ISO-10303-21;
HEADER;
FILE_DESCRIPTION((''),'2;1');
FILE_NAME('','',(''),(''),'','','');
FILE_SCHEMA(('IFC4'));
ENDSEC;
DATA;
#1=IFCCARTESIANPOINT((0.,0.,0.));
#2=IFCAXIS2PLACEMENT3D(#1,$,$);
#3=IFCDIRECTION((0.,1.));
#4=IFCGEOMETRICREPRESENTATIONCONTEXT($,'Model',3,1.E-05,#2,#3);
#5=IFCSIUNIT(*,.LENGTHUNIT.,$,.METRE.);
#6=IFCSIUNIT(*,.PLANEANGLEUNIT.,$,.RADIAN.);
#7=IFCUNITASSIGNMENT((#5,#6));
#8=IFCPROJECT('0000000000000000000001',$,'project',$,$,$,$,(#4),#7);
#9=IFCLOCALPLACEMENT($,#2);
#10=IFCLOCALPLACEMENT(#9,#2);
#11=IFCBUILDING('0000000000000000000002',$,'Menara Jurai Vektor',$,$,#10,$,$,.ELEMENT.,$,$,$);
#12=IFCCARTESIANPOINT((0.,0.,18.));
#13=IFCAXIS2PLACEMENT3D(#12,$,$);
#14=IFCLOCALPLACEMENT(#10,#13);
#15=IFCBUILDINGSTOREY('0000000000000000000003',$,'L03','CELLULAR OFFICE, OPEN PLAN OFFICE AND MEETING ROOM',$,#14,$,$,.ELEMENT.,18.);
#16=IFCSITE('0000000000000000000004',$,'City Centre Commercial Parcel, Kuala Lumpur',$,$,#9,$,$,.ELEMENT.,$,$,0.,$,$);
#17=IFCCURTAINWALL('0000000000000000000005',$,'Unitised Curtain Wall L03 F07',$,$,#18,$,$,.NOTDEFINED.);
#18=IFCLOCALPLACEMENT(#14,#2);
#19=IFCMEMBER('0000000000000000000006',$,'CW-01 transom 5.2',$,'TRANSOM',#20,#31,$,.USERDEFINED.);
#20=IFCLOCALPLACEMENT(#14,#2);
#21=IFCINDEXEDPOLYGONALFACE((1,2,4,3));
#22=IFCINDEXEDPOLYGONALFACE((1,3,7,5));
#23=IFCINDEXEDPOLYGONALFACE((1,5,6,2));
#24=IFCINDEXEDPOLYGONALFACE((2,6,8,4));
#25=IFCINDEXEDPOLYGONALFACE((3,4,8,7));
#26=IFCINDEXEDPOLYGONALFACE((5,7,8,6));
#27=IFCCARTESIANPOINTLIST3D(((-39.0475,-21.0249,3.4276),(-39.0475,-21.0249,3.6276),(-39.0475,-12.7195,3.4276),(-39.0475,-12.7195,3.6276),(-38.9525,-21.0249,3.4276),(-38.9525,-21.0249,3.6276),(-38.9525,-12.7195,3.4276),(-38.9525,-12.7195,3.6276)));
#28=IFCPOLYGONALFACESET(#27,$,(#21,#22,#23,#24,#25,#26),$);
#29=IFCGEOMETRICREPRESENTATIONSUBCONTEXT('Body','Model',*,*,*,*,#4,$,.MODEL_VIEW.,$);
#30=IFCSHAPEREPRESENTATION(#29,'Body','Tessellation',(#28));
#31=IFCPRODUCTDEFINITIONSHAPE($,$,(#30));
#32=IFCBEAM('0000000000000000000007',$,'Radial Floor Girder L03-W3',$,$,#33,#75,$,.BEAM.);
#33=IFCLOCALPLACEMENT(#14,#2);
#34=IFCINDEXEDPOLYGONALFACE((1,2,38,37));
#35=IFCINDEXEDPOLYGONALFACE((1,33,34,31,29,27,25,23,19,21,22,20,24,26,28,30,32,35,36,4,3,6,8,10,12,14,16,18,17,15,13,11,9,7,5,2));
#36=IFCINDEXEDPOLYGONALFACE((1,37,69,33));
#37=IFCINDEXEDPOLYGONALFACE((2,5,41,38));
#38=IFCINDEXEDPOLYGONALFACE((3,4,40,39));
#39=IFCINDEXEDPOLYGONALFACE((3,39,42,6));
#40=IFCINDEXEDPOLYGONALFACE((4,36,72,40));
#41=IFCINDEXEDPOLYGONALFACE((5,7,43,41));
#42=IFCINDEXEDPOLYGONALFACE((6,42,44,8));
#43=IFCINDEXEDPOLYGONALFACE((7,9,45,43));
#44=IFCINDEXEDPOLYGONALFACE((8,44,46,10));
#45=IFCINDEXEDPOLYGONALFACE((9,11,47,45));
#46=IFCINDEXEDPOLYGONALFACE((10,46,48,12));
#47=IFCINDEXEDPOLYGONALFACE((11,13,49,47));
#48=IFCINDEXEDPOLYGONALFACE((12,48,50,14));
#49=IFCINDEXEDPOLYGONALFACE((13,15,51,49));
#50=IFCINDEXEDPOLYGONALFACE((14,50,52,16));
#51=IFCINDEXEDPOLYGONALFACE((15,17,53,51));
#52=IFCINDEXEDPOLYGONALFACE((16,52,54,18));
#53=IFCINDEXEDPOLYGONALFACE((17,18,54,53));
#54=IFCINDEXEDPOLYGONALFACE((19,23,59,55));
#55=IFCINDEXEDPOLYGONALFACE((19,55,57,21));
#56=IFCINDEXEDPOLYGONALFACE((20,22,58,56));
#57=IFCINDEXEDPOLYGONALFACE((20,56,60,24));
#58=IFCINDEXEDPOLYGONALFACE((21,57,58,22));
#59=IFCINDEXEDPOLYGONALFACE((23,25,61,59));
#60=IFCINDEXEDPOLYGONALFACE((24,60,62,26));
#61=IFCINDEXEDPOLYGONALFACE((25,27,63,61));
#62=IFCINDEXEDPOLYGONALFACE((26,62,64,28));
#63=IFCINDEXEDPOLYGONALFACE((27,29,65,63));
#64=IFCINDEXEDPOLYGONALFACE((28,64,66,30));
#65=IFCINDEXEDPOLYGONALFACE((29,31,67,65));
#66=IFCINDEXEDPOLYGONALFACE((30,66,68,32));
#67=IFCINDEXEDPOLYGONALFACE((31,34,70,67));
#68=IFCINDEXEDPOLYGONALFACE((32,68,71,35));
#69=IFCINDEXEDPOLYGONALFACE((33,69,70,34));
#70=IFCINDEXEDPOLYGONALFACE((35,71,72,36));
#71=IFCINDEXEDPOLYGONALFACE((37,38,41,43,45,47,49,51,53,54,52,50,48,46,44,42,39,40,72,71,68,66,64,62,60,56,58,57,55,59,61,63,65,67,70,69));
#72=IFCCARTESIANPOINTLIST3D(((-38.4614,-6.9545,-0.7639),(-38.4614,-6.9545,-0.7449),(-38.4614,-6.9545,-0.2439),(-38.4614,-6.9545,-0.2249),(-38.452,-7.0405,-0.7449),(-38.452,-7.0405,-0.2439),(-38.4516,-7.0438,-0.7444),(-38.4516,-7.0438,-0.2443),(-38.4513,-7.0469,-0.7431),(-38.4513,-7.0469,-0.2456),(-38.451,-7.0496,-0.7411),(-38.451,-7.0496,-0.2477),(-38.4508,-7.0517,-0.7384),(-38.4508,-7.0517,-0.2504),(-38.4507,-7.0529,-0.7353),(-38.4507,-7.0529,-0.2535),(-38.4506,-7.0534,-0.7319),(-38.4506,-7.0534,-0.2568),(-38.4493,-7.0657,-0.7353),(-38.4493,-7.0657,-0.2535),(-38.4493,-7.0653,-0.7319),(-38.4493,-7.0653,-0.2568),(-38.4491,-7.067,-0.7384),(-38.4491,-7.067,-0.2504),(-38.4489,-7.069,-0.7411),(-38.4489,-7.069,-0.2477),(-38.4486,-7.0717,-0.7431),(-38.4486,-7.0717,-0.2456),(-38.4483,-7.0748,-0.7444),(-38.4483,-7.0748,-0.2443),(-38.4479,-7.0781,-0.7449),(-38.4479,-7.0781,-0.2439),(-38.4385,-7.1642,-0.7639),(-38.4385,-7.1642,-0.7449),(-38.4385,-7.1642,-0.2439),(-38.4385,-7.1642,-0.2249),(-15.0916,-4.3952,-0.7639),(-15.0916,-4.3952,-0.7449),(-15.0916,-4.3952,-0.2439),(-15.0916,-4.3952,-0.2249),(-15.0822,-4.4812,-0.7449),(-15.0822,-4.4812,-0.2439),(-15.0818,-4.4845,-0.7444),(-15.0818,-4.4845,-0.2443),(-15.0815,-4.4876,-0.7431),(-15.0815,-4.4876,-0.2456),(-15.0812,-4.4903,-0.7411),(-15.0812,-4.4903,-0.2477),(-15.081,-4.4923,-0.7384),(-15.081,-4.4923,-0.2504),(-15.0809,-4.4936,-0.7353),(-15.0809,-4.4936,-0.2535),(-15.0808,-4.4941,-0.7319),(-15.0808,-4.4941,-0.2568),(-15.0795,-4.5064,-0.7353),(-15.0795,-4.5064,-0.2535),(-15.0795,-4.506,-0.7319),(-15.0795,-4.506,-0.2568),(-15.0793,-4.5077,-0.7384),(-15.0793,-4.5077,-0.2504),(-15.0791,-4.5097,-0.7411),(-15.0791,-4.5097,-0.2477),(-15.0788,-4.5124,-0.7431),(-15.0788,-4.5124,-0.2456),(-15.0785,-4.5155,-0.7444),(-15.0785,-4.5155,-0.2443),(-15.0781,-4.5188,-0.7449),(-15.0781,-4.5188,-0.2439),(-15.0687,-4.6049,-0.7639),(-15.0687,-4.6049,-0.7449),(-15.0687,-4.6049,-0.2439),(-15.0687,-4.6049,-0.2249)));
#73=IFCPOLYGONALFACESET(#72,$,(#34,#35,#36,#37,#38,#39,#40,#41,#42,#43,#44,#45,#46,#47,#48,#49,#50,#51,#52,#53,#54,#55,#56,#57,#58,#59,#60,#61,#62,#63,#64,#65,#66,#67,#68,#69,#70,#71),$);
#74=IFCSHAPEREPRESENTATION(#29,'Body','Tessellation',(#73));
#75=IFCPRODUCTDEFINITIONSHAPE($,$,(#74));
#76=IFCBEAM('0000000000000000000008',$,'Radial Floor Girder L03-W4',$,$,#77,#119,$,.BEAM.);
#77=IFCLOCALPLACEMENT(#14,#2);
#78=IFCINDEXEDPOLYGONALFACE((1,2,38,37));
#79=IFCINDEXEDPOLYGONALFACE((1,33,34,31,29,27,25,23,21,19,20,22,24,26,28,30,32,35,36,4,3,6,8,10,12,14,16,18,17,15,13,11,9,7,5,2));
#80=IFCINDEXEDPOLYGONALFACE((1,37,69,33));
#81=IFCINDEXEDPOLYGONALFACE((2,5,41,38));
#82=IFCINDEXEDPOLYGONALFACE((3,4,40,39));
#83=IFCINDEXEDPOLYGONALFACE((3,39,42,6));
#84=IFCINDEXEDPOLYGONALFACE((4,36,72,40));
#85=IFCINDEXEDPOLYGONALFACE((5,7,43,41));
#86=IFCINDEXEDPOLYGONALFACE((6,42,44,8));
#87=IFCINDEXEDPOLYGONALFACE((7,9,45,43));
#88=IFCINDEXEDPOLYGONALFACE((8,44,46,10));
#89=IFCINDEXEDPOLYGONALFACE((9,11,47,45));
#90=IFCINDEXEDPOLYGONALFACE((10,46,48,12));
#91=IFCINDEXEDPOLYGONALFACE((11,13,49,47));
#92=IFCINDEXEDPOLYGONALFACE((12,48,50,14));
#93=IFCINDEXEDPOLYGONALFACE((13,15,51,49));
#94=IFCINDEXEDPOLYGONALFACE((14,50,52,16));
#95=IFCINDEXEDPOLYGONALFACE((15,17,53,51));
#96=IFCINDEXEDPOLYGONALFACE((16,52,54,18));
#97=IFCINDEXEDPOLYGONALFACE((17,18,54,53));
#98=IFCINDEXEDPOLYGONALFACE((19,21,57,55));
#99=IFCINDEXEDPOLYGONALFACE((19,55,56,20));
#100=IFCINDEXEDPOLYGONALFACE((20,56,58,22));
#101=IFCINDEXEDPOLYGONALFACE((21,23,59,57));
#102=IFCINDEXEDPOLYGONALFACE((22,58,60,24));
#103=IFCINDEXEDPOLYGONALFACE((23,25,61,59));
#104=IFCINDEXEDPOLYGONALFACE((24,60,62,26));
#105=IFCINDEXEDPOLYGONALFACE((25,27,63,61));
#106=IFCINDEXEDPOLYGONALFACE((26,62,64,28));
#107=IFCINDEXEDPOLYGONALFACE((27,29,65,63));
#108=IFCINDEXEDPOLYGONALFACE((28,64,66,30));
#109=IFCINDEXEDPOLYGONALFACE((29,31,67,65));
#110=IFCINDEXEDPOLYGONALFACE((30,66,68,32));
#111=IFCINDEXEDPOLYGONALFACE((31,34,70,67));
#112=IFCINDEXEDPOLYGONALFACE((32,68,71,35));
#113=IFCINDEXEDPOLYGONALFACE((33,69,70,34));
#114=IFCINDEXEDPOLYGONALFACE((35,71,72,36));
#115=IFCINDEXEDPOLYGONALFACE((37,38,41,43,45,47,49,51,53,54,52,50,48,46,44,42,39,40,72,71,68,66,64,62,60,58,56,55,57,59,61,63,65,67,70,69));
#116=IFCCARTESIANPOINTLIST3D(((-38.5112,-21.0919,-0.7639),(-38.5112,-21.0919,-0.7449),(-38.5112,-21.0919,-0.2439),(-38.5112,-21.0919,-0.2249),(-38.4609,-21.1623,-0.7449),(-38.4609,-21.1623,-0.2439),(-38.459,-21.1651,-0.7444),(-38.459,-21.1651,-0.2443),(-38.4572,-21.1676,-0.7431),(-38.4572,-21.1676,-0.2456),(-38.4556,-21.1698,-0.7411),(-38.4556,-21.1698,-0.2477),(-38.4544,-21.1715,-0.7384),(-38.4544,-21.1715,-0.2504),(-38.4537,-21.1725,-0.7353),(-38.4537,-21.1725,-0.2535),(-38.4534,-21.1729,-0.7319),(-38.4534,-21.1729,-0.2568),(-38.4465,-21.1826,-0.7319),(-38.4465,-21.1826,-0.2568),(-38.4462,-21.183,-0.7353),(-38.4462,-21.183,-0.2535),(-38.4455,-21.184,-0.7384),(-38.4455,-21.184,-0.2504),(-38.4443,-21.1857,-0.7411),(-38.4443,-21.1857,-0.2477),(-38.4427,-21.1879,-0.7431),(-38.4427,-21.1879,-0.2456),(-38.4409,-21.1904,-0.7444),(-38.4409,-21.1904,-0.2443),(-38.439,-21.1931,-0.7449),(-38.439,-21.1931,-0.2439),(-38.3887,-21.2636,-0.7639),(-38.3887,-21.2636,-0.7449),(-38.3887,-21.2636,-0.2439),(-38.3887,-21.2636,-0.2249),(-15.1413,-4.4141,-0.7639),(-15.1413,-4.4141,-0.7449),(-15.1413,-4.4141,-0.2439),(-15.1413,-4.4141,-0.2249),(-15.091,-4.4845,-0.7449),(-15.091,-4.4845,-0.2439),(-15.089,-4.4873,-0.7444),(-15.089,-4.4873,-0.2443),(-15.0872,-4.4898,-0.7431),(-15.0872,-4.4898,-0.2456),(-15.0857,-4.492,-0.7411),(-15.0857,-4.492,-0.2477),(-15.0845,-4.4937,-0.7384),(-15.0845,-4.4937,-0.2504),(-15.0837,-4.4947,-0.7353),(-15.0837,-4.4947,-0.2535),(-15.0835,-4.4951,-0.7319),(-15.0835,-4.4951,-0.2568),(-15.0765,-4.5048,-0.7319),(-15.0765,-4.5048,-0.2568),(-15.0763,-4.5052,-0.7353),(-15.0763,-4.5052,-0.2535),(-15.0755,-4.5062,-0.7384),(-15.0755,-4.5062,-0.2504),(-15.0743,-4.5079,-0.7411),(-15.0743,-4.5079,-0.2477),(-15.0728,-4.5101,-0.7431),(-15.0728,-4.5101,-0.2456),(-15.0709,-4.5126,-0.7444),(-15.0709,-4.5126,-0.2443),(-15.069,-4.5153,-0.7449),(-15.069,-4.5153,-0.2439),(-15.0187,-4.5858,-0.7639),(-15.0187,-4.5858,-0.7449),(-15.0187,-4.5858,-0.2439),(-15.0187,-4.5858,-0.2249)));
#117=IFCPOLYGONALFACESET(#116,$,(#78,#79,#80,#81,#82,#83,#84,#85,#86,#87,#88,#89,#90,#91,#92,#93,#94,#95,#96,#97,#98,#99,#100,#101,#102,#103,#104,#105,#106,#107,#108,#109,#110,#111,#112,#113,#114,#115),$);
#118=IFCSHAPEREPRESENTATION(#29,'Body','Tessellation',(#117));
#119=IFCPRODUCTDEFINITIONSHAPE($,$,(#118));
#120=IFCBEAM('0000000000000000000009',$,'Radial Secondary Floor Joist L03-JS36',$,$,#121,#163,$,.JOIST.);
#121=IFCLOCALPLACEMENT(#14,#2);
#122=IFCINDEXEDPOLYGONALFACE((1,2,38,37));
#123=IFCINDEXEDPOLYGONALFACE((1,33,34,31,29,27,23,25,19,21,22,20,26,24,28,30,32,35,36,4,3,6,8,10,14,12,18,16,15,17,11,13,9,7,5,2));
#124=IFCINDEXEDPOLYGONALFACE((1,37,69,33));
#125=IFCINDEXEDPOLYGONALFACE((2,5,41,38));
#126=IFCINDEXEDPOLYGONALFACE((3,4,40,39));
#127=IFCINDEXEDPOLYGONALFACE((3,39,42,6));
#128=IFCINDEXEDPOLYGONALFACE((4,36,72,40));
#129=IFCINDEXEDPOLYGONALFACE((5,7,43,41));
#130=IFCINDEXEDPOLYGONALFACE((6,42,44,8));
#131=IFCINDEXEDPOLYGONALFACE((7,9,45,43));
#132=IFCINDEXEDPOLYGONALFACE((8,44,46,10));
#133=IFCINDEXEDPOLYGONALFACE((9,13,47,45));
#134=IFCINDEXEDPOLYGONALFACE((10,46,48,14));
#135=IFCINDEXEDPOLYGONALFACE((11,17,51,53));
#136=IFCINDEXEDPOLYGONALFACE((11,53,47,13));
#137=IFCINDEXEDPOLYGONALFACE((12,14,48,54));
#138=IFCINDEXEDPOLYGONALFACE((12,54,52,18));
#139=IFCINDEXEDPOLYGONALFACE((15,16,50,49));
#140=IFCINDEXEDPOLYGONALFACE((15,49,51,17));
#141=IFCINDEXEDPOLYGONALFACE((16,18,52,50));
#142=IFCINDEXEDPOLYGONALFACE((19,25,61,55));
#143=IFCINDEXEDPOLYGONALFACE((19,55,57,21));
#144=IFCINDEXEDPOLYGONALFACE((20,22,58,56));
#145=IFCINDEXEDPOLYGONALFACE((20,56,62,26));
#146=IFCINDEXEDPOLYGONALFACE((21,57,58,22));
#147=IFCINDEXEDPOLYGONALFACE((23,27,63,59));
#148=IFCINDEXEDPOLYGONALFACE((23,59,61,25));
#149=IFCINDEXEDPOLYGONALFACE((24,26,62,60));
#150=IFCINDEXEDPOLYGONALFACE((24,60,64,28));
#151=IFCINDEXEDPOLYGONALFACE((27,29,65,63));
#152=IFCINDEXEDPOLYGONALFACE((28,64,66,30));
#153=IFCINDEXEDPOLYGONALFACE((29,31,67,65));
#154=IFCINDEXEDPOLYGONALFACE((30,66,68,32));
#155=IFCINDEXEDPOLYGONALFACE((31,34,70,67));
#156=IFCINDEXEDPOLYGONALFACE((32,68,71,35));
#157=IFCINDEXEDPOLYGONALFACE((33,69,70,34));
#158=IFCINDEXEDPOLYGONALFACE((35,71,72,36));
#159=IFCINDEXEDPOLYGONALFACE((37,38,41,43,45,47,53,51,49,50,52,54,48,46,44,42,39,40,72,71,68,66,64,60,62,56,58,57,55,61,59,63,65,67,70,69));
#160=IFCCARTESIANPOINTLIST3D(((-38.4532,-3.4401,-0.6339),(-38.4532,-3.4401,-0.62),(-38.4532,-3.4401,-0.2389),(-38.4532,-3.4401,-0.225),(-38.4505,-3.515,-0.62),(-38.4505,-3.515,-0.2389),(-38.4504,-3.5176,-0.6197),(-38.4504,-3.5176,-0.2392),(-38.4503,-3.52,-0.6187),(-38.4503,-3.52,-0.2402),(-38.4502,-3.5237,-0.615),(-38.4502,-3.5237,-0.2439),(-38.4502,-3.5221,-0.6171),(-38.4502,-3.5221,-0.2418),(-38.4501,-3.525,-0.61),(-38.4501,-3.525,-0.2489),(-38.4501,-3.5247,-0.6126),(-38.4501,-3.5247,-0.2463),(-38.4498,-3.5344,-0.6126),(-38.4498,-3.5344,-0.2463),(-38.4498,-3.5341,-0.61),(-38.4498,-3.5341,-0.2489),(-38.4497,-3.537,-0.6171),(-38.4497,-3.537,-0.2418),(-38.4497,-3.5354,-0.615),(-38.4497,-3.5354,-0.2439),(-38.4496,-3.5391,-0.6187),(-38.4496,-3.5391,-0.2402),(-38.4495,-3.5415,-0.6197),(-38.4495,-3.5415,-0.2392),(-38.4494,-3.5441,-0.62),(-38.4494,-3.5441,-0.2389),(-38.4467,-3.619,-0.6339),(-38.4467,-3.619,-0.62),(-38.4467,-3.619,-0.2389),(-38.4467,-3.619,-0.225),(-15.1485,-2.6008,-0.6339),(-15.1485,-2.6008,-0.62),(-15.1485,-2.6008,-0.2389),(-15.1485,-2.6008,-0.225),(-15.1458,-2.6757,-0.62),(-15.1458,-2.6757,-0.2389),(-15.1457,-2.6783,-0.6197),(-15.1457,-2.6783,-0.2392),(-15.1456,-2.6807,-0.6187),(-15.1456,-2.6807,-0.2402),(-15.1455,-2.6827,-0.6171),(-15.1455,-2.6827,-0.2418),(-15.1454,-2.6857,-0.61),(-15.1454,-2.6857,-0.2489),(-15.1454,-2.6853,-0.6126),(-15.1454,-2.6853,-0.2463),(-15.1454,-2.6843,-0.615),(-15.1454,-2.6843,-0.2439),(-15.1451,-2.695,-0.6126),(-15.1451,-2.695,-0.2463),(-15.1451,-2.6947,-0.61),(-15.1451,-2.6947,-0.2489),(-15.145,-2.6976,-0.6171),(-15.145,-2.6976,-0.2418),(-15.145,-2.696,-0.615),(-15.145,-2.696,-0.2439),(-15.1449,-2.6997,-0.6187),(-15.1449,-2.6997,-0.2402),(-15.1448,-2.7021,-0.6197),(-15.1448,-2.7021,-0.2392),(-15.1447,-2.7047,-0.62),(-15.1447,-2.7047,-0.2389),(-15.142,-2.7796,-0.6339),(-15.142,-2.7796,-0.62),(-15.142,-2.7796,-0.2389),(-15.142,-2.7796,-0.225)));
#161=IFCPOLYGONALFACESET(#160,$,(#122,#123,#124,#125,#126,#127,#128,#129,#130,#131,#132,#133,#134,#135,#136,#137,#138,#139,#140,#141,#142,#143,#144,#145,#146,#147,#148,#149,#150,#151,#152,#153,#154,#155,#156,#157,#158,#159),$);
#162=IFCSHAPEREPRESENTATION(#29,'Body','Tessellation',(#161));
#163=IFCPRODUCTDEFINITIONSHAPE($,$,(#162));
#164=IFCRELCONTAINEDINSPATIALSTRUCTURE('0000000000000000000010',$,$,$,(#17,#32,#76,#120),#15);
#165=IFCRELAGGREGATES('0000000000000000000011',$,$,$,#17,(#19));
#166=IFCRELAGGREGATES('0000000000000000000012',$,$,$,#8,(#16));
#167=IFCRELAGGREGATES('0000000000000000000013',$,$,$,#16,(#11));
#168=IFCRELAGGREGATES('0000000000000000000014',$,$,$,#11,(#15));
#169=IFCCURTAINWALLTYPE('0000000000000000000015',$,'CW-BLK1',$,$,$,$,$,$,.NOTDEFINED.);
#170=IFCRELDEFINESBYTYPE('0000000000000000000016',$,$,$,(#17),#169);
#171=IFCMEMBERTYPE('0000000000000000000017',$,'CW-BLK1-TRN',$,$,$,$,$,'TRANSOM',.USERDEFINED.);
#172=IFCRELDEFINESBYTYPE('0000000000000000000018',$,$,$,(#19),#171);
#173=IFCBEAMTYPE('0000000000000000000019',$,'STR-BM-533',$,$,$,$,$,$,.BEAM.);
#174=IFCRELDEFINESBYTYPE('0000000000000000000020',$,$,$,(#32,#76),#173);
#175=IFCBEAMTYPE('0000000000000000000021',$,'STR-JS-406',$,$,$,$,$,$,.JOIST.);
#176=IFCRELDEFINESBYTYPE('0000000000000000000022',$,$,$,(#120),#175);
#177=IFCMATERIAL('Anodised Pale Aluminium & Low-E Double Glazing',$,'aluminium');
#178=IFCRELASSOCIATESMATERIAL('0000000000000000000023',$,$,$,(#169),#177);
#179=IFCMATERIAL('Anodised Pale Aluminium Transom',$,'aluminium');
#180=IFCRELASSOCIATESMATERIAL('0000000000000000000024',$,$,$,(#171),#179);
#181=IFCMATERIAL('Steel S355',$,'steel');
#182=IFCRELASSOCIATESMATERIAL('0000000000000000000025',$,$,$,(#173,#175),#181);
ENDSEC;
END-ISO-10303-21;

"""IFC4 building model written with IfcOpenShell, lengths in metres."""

from ifc_helpers import new_model, si_unit, direction, frame, origin, origin_2d, place, context, subcontext, project, spatial, rectangle, i_section, extrude, material, material_profile, profile_set, type_object, element, aggregate, save


model = new_model("IFC4")

# Units and contexts
model_context = context("Model", 3, precision=1e-05, world=origin(), true_north=direction((0.0, 1.0)))
body_context = subcontext(model_context, "Body", "Model", "MODEL_VIEW")
ifc_project = project(units=[si_unit("LENGTHUNIT", "METRE"), si_unit("PLANEANGLEUNIT", "RADIAN")], contexts=[model_context])

# Site, building, storey
site_placement = place(None, origin())
site = spatial("IfcSite", under=ifc_project, at=site_placement, Name="City Centre Commercial Parcel, Kuala Lumpur", CompositionType="ELEMENT", RefElevation=0.0)
building_placement = place(site_placement, origin())
building = spatial("IfcBuilding", under=site, at=building_placement, Name="Menara Jurai Vektor", CompositionType="ELEMENT")
storey_placement = place(building_placement, frame((0.0, 0.0, 18.0)))
storey = spatial("IfcBuildingStorey", under=building, at=storey_placement, Name="L03", Description="CELLULAR OFFICE, OPEN PLAN OFFICE AND MEETING ROOM", CompositionType="ELEMENT", Elevation=18.0)

# Curtain wall
ifc_material_1 = material(Name="Anodised Pale Aluminium & Low-E Double Glazing", Category="aluminium")
curtain_wall_type = type_object("IfcCurtainWallType", Name="CW-BLK1", PredefinedType="NOTDEFINED", material=ifc_material_1)
curtain_wall_1_placement = place(storey_placement, origin())
curtain_wall_1 = element("IfcCurtainWall", 1, at=curtain_wall_1_placement, inside=storey, type_object=curtain_wall_type, Name="Unitised Curtain Wall L03 F07", PredefinedType="NOTDEFINED")

# Member
ifc_material_2 = material(Name="Anodised Pale Aluminium Transom", Category="aluminium")
ifc_material_profile_1 = material_profile(ifc_material_2, rectangle(XDim=0.095, YDim=0.2, at=origin_2d()), Name="ALU TRN 95x200")
ifc_profile_set_1 = profile_set([ifc_material_profile_1], Name="Anodised Pale Aluminium Transom")
member_type_1 = type_object("IfcMemberType", Name="CW-BLK1-TRN", ElementType="TRANSOM", PredefinedType="USERDEFINED", material=ifc_profile_set_1)
member_1_placement = place(storey_placement, frame((-39.0, -12.7195, 3.5276), z_axis=(0.0, -1.0, 0.0), x_axis=(1.0, 0.0, 0.0)))
member_1 = element("IfcMember", 2, at=member_1_placement, type_object=member_type_1, Name="CW-01 transom 5.2", ObjectType="TRANSOM", PredefinedType="USERDEFINED", context=body_context, shape_type="SweptSolid", body=[
    extrude(rectangle(XDim=0.095, YDim=0.2, at=origin_2d()), origin(), (0.0, 0.0, 1.0), 8.3054),
])

# Beams
ifc_material_3 = material(Name="Steel S355", Category="steel")
ifc_material_profile_2 = material_profile(ifc_material_3, i_section(OverallWidth=0.2109, OverallDepth=0.5391, WebThickness=0.012, FlangeThickness=0.019, FilletRadius=0.0129, at=origin_2d()), Name="UKB 533x210x109")
ifc_profile_set_2 = profile_set([ifc_material_profile_2], Name="Steel S355")
beam_type_1 = type_object("IfcBeamType", Name="STR-BM-533", PredefinedType="BEAM", material=ifc_profile_set_2)
beam_1_placement = place(storey_placement, frame((-38.45, -7.0593, -0.4944), z_axis=(0.994057, 0.108863, 0.0), x_axis=(-0.108863, 0.994057, 0.0)))
element("IfcBeam", 3, at=beam_1_placement, inside=storey, type_object=beam_type_1, Name="Radial Floor Girder L03-W3", PredefinedType="BEAM", context=body_context, shape_type="SweptSolid", body=[
    extrude(i_section(OverallWidth=0.2109, OverallDepth=0.5391, WebThickness=0.012, FlangeThickness=0.019, FilletRadius=0.0129, at=origin_2d()), origin(), (0.0, 0.0, 1.0), 23.5095),
])
beam_2_placement = place(storey_placement, frame((-38.45, -21.1777, -0.4944), z_axis=(0.813981, 0.580891, 0.0), x_axis=(-0.580891, 0.813981, 0.0)))
element("IfcBeam", 4, at=beam_2_placement, inside=storey, type_object=beam_type_1, Name="Radial Floor Girder L03-W4", PredefinedType="BEAM", context=body_context, shape_type="SweptSolid", body=[
    extrude(i_section(OverallWidth=0.2109, OverallDepth=0.5391, WebThickness=0.012, FlangeThickness=0.019, FilletRadius=0.0129, at=origin_2d()), origin(), (0.0, 0.0, 1.0), 28.7107),
])
ifc_material_profile_3 = material_profile(ifc_material_3, i_section(OverallWidth=0.179, OverallDepth=0.4089, WebThickness=0.009, FlangeThickness=0.0139, FilletRadius=0.01, at=origin_2d()), Name="UKB 406x178x67")
ifc_profile_set_3 = profile_set([ifc_material_profile_3], Name="Steel S355")
beam_type_2 = type_object("IfcBeamType", Name="STR-JS-406", PredefinedType="JOIST", material=ifc_profile_set_3)
beam_3_placement = place(storey_placement, frame((-38.45, -3.5295, -0.4294), z_axis=(0.999352, 0.035993, 0.0), x_axis=(-0.035993, 0.999352, 0.0)))
element("IfcBeam", 5, at=beam_3_placement, inside=storey, type_object=beam_type_2, Name="Radial Secondary Floor Joist L03-JS36", PredefinedType="JOIST", context=body_context, shape_type="SweptSolid", body=[
    extrude(i_section(OverallWidth=0.179, OverallDepth=0.4089, WebThickness=0.009, FlangeThickness=0.0139, FilletRadius=0.01, at=origin_2d()), origin(), (0.0, 0.0, 1.0), 23.3198),
])

aggregate(curtain_wall_1, [member_1])

save(model, "model.ifc")
